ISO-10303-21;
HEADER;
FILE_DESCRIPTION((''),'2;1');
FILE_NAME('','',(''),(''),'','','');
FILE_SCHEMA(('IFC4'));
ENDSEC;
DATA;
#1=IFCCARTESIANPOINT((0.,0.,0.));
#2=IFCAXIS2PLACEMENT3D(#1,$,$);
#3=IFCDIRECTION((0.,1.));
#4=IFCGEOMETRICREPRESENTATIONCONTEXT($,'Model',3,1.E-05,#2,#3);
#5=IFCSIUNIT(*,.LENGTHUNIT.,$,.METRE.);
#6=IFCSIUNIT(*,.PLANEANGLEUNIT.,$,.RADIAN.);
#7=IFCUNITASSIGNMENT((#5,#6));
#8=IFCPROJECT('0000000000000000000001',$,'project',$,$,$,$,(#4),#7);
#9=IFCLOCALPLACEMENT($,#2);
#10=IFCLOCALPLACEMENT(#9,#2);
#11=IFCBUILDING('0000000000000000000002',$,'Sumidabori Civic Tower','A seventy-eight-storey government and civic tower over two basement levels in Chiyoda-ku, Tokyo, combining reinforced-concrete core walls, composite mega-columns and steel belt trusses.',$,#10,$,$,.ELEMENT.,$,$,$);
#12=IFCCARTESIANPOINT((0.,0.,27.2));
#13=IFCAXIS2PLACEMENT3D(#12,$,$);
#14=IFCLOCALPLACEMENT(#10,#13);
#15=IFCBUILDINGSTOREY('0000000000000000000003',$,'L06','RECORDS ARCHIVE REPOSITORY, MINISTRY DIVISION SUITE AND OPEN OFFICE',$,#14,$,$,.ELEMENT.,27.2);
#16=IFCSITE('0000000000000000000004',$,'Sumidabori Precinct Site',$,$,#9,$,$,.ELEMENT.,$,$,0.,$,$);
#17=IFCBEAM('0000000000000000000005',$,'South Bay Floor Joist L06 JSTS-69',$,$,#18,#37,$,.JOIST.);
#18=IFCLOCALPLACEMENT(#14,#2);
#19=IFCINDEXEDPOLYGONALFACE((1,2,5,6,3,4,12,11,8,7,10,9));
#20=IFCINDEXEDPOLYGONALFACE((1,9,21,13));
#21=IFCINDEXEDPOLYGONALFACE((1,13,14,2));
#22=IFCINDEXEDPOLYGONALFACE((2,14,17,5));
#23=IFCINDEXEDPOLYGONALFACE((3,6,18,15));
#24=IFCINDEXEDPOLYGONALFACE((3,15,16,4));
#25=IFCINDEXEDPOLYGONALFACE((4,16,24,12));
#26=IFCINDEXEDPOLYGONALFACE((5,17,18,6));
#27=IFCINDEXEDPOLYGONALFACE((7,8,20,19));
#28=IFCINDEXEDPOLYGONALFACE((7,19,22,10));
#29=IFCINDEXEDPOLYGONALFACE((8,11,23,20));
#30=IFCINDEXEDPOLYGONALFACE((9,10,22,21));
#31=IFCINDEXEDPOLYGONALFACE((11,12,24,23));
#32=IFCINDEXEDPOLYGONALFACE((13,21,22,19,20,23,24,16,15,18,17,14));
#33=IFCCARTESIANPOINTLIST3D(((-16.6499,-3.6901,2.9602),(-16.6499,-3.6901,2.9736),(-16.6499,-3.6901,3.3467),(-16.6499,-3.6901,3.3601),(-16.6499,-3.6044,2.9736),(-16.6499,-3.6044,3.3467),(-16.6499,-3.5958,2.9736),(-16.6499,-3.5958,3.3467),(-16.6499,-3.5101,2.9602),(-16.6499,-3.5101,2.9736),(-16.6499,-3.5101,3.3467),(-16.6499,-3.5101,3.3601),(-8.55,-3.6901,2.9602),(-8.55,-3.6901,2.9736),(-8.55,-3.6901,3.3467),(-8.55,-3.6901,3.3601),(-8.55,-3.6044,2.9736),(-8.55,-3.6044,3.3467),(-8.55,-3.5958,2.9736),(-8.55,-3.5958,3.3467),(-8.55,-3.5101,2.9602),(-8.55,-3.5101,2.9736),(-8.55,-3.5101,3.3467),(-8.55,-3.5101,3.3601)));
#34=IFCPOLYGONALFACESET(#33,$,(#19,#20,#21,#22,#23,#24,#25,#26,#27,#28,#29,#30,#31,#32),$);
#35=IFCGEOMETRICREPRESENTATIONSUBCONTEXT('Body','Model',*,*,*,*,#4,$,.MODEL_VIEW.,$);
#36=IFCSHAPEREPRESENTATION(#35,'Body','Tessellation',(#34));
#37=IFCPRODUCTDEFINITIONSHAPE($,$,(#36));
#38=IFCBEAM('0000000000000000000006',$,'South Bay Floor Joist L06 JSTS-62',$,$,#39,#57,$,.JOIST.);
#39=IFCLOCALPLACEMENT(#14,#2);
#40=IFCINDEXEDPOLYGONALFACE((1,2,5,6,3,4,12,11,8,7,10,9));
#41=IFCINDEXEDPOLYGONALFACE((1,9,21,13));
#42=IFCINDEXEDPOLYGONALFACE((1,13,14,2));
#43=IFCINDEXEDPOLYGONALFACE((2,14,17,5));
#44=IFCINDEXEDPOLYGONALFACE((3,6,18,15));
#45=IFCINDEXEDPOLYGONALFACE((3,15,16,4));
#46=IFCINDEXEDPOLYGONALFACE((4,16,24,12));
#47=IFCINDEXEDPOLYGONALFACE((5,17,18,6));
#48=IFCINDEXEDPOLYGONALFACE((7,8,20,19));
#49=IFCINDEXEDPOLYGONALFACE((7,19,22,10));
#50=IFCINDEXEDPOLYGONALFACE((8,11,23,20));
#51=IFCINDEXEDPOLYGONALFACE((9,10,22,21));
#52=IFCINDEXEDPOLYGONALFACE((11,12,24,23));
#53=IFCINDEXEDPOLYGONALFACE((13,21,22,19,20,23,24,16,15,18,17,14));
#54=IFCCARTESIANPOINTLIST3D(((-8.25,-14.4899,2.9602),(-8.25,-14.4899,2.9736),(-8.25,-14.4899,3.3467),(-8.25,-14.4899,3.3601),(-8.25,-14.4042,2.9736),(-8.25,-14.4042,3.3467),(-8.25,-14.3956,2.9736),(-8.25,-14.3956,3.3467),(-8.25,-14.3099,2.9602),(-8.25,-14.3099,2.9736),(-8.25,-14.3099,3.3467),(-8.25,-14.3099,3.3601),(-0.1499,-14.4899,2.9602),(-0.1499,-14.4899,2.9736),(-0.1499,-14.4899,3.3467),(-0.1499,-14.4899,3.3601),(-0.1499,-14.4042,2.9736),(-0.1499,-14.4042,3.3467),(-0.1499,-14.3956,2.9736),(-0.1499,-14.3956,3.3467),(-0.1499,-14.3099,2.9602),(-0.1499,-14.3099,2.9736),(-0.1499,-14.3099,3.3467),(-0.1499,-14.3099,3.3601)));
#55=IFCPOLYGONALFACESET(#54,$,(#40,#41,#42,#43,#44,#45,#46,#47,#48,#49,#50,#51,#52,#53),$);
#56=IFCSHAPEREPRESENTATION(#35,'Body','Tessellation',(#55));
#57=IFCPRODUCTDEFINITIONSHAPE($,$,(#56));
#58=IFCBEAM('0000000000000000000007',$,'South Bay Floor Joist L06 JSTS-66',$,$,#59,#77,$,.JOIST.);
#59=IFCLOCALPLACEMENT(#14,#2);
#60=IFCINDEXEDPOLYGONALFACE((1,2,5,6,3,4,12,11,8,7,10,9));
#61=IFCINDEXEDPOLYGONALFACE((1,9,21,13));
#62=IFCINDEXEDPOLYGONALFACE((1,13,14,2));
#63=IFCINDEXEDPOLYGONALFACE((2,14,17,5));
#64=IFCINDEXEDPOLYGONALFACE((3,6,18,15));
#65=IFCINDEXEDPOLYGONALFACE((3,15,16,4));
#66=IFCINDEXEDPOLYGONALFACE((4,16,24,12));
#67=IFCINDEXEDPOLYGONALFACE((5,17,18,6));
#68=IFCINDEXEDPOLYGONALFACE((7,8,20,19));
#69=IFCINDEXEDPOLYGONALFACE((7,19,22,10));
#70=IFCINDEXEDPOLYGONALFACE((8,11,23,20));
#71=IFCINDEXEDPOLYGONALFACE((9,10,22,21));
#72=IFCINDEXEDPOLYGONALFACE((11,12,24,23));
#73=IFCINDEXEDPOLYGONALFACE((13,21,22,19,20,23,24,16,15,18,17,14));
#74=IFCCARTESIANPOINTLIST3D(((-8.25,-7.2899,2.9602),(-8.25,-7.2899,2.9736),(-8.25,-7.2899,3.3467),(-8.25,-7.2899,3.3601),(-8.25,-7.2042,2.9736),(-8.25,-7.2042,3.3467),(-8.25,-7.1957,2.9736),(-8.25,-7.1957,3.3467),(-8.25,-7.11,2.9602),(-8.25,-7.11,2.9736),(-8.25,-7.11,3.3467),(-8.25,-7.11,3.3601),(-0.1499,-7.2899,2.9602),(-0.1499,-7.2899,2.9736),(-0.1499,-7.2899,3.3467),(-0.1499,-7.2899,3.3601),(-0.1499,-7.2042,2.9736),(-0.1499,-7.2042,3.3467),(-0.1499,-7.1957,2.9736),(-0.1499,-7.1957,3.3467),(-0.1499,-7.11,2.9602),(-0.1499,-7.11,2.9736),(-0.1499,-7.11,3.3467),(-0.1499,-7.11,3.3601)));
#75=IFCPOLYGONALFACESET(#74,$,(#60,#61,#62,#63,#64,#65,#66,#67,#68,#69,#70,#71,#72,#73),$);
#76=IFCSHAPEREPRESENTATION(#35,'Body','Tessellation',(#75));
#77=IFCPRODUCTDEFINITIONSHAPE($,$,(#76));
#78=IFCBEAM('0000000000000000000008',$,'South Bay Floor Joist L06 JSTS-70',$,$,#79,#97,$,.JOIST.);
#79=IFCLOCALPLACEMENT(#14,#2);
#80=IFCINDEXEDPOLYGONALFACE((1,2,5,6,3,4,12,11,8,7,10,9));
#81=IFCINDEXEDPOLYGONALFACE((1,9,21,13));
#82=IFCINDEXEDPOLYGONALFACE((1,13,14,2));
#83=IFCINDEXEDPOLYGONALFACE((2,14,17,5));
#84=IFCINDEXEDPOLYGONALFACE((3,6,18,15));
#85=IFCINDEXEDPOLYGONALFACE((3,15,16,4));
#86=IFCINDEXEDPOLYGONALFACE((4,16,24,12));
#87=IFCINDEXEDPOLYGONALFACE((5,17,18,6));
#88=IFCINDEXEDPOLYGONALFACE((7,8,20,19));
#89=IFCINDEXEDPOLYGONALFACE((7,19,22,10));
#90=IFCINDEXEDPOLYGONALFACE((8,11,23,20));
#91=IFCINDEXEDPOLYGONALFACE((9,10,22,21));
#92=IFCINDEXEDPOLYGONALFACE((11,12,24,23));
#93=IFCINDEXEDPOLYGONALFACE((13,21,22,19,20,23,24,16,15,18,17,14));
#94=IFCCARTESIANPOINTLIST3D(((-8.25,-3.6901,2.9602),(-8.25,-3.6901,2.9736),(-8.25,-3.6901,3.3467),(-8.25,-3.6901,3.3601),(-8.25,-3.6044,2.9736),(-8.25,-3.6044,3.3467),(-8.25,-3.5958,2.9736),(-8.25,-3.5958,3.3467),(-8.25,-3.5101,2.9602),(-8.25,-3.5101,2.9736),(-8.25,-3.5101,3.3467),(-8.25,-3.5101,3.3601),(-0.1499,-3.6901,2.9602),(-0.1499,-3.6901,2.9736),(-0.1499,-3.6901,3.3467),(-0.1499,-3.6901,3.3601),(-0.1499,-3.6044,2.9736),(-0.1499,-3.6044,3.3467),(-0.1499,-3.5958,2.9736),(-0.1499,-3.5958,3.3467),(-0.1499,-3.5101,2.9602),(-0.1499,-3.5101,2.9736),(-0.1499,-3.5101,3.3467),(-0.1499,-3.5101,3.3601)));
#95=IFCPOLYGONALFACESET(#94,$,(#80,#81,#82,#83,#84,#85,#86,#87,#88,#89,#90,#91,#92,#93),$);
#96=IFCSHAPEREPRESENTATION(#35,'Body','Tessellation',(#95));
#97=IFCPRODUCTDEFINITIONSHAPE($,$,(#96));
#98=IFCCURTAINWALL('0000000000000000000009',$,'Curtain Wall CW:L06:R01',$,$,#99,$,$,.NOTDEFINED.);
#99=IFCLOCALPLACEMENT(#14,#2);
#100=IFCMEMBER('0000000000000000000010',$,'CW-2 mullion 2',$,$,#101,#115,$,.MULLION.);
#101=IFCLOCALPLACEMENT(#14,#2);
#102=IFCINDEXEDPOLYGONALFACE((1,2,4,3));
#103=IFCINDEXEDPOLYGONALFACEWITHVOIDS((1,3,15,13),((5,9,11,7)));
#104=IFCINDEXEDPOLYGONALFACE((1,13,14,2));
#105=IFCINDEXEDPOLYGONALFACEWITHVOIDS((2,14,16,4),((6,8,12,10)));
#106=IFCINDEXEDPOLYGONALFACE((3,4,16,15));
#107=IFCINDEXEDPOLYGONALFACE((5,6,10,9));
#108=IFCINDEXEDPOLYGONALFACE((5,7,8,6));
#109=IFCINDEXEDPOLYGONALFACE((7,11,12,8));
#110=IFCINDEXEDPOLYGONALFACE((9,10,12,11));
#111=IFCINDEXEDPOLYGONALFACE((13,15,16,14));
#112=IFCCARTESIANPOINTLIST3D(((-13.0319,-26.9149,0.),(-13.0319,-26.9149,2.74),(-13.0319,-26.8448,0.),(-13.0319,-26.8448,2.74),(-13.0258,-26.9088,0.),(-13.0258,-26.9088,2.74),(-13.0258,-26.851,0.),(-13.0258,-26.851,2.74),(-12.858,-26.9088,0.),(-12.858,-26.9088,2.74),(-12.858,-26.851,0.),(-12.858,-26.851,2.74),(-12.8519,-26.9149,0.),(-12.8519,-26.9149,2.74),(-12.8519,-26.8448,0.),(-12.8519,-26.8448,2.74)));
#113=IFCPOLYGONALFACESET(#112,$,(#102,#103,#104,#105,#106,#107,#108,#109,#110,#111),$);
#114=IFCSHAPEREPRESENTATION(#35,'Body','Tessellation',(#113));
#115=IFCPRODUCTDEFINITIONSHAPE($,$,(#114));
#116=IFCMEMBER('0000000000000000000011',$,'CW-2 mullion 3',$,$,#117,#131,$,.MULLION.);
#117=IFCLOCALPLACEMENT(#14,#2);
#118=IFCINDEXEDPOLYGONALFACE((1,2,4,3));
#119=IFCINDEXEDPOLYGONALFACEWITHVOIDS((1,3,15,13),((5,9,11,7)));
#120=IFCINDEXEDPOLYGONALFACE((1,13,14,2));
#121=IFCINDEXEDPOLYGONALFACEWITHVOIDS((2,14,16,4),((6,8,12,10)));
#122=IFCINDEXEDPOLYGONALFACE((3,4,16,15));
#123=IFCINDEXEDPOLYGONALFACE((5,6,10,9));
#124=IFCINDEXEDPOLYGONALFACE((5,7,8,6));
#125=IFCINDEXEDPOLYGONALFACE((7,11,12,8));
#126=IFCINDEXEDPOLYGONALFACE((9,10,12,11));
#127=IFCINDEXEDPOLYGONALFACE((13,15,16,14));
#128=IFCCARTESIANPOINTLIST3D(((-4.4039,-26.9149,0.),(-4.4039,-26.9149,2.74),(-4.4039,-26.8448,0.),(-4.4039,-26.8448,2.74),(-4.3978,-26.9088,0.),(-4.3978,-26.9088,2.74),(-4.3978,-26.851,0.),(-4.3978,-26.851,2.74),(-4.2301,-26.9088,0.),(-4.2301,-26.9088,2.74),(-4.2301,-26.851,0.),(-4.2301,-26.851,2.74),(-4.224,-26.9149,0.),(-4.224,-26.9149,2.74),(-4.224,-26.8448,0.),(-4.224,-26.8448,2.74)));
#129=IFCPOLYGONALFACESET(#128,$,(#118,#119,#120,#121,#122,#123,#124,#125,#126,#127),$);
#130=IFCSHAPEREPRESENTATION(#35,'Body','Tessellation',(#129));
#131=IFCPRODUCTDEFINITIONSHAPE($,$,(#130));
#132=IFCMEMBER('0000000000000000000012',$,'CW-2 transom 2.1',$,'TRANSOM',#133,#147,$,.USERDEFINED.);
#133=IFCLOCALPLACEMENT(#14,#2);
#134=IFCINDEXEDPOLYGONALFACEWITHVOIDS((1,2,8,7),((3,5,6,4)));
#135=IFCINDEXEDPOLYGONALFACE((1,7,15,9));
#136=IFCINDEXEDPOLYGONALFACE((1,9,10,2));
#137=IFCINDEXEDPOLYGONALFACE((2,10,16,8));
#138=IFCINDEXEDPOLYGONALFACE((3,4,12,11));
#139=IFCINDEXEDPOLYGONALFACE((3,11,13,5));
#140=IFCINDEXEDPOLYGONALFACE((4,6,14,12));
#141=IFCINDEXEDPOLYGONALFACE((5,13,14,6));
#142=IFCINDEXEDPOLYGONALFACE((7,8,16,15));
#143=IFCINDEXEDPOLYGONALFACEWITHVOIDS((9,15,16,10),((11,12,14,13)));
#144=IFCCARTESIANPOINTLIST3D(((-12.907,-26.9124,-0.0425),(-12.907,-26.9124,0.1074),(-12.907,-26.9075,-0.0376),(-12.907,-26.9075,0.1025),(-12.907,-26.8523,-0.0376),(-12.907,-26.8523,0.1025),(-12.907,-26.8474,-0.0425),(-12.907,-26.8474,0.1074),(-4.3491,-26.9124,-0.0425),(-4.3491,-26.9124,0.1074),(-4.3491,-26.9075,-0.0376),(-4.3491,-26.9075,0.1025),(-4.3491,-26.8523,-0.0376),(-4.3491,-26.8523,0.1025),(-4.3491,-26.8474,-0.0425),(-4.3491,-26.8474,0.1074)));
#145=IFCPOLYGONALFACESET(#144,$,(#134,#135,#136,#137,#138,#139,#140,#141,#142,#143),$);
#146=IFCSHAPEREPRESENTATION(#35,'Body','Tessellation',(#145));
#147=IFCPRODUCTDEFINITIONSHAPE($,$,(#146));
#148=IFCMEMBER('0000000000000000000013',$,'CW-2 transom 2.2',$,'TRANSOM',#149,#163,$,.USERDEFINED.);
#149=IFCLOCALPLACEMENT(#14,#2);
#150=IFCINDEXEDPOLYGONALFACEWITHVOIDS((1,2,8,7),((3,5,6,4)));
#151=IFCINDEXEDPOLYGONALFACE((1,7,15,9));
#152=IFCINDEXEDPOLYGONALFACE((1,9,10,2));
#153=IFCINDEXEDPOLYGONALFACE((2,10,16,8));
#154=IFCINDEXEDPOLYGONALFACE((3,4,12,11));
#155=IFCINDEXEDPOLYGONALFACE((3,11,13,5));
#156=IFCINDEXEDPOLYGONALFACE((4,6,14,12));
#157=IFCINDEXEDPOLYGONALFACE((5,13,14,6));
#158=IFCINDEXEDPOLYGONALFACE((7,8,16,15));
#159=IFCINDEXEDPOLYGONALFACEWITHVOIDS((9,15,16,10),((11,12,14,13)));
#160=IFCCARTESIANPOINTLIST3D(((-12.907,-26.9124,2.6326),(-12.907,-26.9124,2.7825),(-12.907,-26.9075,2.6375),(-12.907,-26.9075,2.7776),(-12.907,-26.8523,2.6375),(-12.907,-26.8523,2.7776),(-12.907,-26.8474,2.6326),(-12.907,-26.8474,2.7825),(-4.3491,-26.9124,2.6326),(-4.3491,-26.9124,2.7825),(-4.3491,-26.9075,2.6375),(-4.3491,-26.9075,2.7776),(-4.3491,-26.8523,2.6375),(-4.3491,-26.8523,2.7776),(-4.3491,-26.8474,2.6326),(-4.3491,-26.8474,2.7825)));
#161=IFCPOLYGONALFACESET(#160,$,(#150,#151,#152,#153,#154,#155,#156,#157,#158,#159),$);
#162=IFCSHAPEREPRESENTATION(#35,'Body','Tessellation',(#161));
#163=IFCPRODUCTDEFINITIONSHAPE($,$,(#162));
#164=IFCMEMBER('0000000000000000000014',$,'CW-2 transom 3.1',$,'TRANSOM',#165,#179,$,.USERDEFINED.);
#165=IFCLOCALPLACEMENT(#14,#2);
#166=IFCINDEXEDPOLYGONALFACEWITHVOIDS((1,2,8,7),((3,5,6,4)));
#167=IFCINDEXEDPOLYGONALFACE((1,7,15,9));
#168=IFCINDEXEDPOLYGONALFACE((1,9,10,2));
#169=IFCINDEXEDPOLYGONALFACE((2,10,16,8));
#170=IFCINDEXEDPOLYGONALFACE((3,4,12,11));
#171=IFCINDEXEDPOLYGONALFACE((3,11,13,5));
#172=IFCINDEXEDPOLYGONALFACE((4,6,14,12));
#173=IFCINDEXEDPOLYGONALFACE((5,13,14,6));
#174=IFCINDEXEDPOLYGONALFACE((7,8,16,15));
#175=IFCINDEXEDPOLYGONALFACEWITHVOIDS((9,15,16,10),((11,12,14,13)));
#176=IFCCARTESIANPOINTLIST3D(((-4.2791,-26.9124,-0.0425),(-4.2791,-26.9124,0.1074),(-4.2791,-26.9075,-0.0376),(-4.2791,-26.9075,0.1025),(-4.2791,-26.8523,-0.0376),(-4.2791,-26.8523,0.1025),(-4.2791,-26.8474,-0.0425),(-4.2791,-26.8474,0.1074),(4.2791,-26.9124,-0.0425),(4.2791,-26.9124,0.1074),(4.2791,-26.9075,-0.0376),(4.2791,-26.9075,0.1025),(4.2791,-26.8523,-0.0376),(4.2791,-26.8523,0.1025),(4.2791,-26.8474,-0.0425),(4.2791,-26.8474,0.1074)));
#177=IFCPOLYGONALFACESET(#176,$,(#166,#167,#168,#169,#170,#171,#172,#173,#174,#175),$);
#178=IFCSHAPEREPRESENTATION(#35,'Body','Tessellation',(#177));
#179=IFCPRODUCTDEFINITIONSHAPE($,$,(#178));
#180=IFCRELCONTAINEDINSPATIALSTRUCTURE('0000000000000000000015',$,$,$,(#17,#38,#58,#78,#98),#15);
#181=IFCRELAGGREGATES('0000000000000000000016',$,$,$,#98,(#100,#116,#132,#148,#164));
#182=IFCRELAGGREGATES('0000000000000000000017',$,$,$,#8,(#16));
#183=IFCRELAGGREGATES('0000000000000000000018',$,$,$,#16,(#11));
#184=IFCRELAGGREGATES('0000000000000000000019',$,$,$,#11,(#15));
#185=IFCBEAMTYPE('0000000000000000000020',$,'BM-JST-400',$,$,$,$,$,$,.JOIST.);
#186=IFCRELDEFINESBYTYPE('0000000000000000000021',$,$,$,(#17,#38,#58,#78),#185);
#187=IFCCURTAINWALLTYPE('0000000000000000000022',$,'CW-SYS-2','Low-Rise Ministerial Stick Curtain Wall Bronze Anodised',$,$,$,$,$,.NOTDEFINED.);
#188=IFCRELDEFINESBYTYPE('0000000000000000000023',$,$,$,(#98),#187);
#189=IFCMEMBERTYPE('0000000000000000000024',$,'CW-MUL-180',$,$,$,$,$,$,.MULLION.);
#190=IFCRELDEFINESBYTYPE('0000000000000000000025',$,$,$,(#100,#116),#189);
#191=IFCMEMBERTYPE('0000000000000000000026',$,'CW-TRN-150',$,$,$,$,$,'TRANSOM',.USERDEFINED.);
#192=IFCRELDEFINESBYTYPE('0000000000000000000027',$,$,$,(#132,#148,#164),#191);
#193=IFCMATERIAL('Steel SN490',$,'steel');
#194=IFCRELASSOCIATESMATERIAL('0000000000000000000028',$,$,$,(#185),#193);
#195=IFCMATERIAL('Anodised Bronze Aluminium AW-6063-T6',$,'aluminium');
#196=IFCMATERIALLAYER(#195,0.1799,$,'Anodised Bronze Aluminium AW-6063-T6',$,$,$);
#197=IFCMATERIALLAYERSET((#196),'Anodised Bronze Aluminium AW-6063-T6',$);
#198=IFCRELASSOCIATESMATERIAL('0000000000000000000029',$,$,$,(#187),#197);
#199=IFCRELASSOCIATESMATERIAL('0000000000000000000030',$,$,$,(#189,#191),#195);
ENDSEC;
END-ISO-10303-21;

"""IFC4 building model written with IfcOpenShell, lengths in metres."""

from ifc_helpers import new_model, si_unit, direction, frame, origin, origin_2d, place, context, subcontext, project, spatial, hollow_rectangle, i_section, extrude, source, transform, mapped, material, layer, layer_set, material_profile, profile_set, type_object, element, aggregate, save


model = new_model("IFC4")

# Units and contexts
model_context = context("Model", 3, precision=1e-05, world=origin(), true_north=direction((0.0, 1.0)))
body_context = subcontext(model_context, "Body", "Model", "MODEL_VIEW")
ifc_project = project(units=[si_unit("LENGTHUNIT", "METRE"), si_unit("PLANEANGLEUNIT", "RADIAN")], contexts=[model_context])

# Site, building, storey
site_placement = place(None, origin())
site = spatial("IfcSite", under=ifc_project, at=site_placement, Name="Sumidabori Precinct Site", CompositionType="ELEMENT", RefElevation=0.0)
building_placement = place(site_placement, origin())
building = spatial("IfcBuilding", under=site, at=building_placement, Name="Sumidabori Civic Tower", Description="A seventy-eight-storey government and civic tower over two basement levels in Chiyoda-ku, Tokyo, combining reinforced-concrete core walls, composite mega-columns and steel belt trusses.", CompositionType="ELEMENT")
storey_placement = place(building_placement, frame((0.0, 0.0, 27.2)))
storey = spatial("IfcBuildingStorey", under=building, at=storey_placement, Name="L06", Description="RECORDS ARCHIVE REPOSITORY, MINISTRY DIVISION SUITE AND OPEN OFFICE", CompositionType="ELEMENT", Elevation=27.2)

# Beams
ifc_material_1 = material(Name="Steel SN490", Category="steel")
ifc_material_profile_1 = material_profile(ifc_material_1, i_section(OverallWidth=0.1799, OverallDepth=0.3999, WebThickness=0.0085, FlangeThickness=0.0134, at=origin_2d()), Name="IPE 400")
ifc_profile_set_1 = profile_set([ifc_material_profile_1], Name="Steel SN490")
beam_type_1 = type_object("IfcBeamType", Name="BM-JST-400", PredefinedType="JOIST", material=ifc_profile_set_1)
shared_shape_1 = source(origin(), body_context, "Body", "SweptSolid", [
    extrude(i_section(OverallWidth=0.1799, OverallDepth=0.3999, WebThickness=0.0085, FlangeThickness=0.0134, at=origin_2d()), origin(), (0.0, 0.0, 1.0), 8.0999),
])
for number, where, z_axis, x_axis, name in (
    (1, (-16.6499, -3.6001, 3.1602), (1.0, 0.0, 0.0), (0.0, 1.0, 0.0), "South Bay Floor Joist L06 JSTS-69"),
):
    element("IfcBeam", number, at=place(storey_placement, frame(where, z_axis=z_axis, x_axis=x_axis)), inside=storey, type_object=beam_type_1, Name=name, PredefinedType="JOIST", context=body_context, shape_type="MappedRepresentation", body=[
        mapped(shared_shape_1, transform((0.0, 0.0, 0.0), x_axis=(1.0, 0.0, 0.0), y_axis=(0.0, 1.0, 0.0), z_axis=(0.0, 0.0, 1.0), scale=1.0)),
    ])
shared_shape_2 = source(origin(), body_context, "Body", "SweptSolid", [
    extrude(i_section(OverallWidth=0.1799, OverallDepth=0.3999, WebThickness=0.0085, FlangeThickness=0.0134, at=origin_2d()), origin(), (0.0, 0.0, 1.0), 8.1001),
])
for number, where, z_axis, x_axis, name in (
    (2, (-8.25, -14.3999, 3.1602), (1.0, 0.0, 0.0), (0.0, 1.0, 0.0), "South Bay Floor Joist L06 JSTS-62"),
    (3, (-8.25, -7.2, 3.1602), (1.0, 0.0, 0.0), (0.0, 1.0, 0.0), "South Bay Floor Joist L06 JSTS-66"),
    (4, (-8.25, -3.6001, 3.1602), (1.0, 0.0, 0.0), (0.0, 1.0, 0.0), "South Bay Floor Joist L06 JSTS-70"),
):
    element("IfcBeam", number, at=place(storey_placement, frame(where, z_axis=z_axis, x_axis=x_axis)), inside=storey, type_object=beam_type_1, Name=name, PredefinedType="JOIST", context=body_context, shape_type="MappedRepresentation", body=[
        mapped(shared_shape_2, transform((0.0, 0.0, 0.0), x_axis=(1.0, 0.0, 0.0), y_axis=(0.0, 1.0, 0.0), z_axis=(0.0, 0.0, 1.0), scale=1.0)),
    ])

# Curtain wall, members
ifc_material_2 = material(Name="Anodised Bronze Aluminium AW-6063-T6", Category="aluminium")
ifc_layer_1 = layer(ifc_material_2, 0.1799, Name="Anodised Bronze Aluminium AW-6063-T6")
ifc_layer_set_1 = layer_set([ifc_layer_1], Name="Anodised Bronze Aluminium AW-6063-T6")
curtain_wall_type = type_object("IfcCurtainWallType", Name="CW-SYS-2", Description="Low-Rise Ministerial Stick Curtain Wall Bronze Anodised", PredefinedType="NOTDEFINED", material=ifc_layer_set_1)
curtain_wall_placement = place(storey_placement, origin())
curtain_wall = element("IfcCurtainWall", 5, at=curtain_wall_placement, inside=storey, type_object=curtain_wall_type, Name="Curtain Wall CW:L06:R01", PredefinedType="NOTDEFINED")
ifc_material_profile_2 = material_profile(ifc_material_2, hollow_rectangle(XDim=0.0701, YDim=0.1799, WallThickness=0.0061, at=origin_2d()), Name="ALU MULLION 180x70")
ifc_profile_set_2 = profile_set([ifc_material_profile_2], Name="Anodised Bronze Aluminium AW-6063-T6")
member_type_1 = type_object("IfcMemberType", Name="CW-MUL-180", PredefinedType="MULLION", material=ifc_profile_set_2)
shared_shape_3 = source(origin(), body_context, "Body", "SweptSolid", [
    extrude(hollow_rectangle(XDim=0.0701, YDim=0.1799, WallThickness=0.0061, at=origin_2d()), origin(), (0.0, 0.0, 1.0), 2.74),
])
member_1_placement = place(storey_placement, frame((-12.9419, -26.8799, 0.0), z_axis=(0.0, 0.0, 1.0), x_axis=(0.0, 1.0, 0.0)))
member_1 = element("IfcMember", 6, at=member_1_placement, type_object=member_type_1, Name="CW-2 mullion 2", PredefinedType="MULLION", context=body_context, shape_type="MappedRepresentation", body=[
    mapped(shared_shape_3, transform((0.0, 0.0, 0.0), x_axis=(1.0, 0.0, 0.0), y_axis=(0.0, 1.0, 0.0), z_axis=(0.0, 0.0, 1.0), scale=1.0)),
])
member_2_placement = place(storey_placement, frame((-4.314, -26.8799, 0.0), z_axis=(0.0, 0.0, 1.0), x_axis=(0.0, 1.0, 0.0)))
member_2 = element("IfcMember", 7, at=member_2_placement, type_object=member_type_1, Name="CW-2 mullion 3", PredefinedType="MULLION", context=body_context, shape_type="MappedRepresentation", body=[
    mapped(shared_shape_3, transform((0.0, 0.0, 0.0), x_axis=(1.0, 0.0, 0.0), y_axis=(0.0, 1.0, 0.0), z_axis=(0.0, 0.0, 1.0), scale=1.0)),
])
ifc_material_profile_3 = material_profile(ifc_material_2, hollow_rectangle(XDim=0.0649, YDim=0.1499, WallThickness=0.0049, at=origin_2d()), Name="ALU TRANSOM 150x65")
ifc_profile_set_3 = profile_set([ifc_material_profile_3], Name="Anodised Bronze Aluminium AW-6063-T6")
member_type_2 = type_object("IfcMemberType", Name="CW-TRN-150", ElementType="TRANSOM", PredefinedType="USERDEFINED", material=ifc_profile_set_3)
shared_shape_4 = source(origin(), body_context, "Body", "SweptSolid", [
    extrude(hollow_rectangle(XDim=0.0649, YDim=0.1499, WallThickness=0.0049, at=origin_2d()), origin(), (0.0, 0.0, 1.0), 8.5579),
])
member_3_placement = place(storey_placement, frame((-12.907, -26.8799, 0.0325), z_axis=(1.0, 0.0, 0.0), x_axis=(0.0, 1.0, 0.0)))
member_3 = element("IfcMember", 8, at=member_3_placement, type_object=member_type_2, Name="CW-2 transom 2.1", ObjectType="TRANSOM", PredefinedType="USERDEFINED", context=body_context, shape_type="MappedRepresentation", body=[
    mapped(shared_shape_4, transform((0.0, 0.0, 0.0), x_axis=(1.0, 0.0, 0.0), y_axis=(0.0, 1.0, 0.0), z_axis=(0.0, 0.0, 1.0), scale=1.0)),
])
member_4_placement = place(storey_placement, frame((-12.907, -26.8799, 2.7075), z_axis=(1.0, 0.0, 0.0), x_axis=(0.0, 1.0, 0.0)))
member_4 = element("IfcMember", 9, at=member_4_placement, type_object=member_type_2, Name="CW-2 transom 2.2", ObjectType="TRANSOM", PredefinedType="USERDEFINED", context=body_context, shape_type="MappedRepresentation", body=[
    mapped(shared_shape_4, transform((0.0, 0.0, 0.0), x_axis=(1.0, 0.0, 0.0), y_axis=(0.0, 1.0, 0.0), z_axis=(0.0, 0.0, 1.0), scale=1.0)),
])
shared_shape_5 = source(origin(), body_context, "Body", "SweptSolid", [
    extrude(hollow_rectangle(XDim=0.0649, YDim=0.1499, WallThickness=0.0049, at=origin_2d()), origin(), (0.0, 0.0, 1.0), 8.5581),
])
member_5_placement = place(storey_placement, frame((-4.2791, -26.8799, 0.0325), z_axis=(1.0, 0.0, 0.0), x_axis=(0.0, 1.0, 0.0)))
member_5 = element("IfcMember", 10, at=member_5_placement, type_object=member_type_2, Name="CW-2 transom 3.1", ObjectType="TRANSOM", PredefinedType="USERDEFINED", context=body_context, shape_type="MappedRepresentation", body=[
    mapped(shared_shape_5, transform((0.0, 0.0, 0.0), x_axis=(1.0, 0.0, 0.0), y_axis=(0.0, 1.0, 0.0), z_axis=(0.0, 0.0, 1.0), scale=1.0)),
])
aggregate(curtain_wall, [member_1, member_2, member_3, member_4, member_5])

save(model, "model.ifc")
